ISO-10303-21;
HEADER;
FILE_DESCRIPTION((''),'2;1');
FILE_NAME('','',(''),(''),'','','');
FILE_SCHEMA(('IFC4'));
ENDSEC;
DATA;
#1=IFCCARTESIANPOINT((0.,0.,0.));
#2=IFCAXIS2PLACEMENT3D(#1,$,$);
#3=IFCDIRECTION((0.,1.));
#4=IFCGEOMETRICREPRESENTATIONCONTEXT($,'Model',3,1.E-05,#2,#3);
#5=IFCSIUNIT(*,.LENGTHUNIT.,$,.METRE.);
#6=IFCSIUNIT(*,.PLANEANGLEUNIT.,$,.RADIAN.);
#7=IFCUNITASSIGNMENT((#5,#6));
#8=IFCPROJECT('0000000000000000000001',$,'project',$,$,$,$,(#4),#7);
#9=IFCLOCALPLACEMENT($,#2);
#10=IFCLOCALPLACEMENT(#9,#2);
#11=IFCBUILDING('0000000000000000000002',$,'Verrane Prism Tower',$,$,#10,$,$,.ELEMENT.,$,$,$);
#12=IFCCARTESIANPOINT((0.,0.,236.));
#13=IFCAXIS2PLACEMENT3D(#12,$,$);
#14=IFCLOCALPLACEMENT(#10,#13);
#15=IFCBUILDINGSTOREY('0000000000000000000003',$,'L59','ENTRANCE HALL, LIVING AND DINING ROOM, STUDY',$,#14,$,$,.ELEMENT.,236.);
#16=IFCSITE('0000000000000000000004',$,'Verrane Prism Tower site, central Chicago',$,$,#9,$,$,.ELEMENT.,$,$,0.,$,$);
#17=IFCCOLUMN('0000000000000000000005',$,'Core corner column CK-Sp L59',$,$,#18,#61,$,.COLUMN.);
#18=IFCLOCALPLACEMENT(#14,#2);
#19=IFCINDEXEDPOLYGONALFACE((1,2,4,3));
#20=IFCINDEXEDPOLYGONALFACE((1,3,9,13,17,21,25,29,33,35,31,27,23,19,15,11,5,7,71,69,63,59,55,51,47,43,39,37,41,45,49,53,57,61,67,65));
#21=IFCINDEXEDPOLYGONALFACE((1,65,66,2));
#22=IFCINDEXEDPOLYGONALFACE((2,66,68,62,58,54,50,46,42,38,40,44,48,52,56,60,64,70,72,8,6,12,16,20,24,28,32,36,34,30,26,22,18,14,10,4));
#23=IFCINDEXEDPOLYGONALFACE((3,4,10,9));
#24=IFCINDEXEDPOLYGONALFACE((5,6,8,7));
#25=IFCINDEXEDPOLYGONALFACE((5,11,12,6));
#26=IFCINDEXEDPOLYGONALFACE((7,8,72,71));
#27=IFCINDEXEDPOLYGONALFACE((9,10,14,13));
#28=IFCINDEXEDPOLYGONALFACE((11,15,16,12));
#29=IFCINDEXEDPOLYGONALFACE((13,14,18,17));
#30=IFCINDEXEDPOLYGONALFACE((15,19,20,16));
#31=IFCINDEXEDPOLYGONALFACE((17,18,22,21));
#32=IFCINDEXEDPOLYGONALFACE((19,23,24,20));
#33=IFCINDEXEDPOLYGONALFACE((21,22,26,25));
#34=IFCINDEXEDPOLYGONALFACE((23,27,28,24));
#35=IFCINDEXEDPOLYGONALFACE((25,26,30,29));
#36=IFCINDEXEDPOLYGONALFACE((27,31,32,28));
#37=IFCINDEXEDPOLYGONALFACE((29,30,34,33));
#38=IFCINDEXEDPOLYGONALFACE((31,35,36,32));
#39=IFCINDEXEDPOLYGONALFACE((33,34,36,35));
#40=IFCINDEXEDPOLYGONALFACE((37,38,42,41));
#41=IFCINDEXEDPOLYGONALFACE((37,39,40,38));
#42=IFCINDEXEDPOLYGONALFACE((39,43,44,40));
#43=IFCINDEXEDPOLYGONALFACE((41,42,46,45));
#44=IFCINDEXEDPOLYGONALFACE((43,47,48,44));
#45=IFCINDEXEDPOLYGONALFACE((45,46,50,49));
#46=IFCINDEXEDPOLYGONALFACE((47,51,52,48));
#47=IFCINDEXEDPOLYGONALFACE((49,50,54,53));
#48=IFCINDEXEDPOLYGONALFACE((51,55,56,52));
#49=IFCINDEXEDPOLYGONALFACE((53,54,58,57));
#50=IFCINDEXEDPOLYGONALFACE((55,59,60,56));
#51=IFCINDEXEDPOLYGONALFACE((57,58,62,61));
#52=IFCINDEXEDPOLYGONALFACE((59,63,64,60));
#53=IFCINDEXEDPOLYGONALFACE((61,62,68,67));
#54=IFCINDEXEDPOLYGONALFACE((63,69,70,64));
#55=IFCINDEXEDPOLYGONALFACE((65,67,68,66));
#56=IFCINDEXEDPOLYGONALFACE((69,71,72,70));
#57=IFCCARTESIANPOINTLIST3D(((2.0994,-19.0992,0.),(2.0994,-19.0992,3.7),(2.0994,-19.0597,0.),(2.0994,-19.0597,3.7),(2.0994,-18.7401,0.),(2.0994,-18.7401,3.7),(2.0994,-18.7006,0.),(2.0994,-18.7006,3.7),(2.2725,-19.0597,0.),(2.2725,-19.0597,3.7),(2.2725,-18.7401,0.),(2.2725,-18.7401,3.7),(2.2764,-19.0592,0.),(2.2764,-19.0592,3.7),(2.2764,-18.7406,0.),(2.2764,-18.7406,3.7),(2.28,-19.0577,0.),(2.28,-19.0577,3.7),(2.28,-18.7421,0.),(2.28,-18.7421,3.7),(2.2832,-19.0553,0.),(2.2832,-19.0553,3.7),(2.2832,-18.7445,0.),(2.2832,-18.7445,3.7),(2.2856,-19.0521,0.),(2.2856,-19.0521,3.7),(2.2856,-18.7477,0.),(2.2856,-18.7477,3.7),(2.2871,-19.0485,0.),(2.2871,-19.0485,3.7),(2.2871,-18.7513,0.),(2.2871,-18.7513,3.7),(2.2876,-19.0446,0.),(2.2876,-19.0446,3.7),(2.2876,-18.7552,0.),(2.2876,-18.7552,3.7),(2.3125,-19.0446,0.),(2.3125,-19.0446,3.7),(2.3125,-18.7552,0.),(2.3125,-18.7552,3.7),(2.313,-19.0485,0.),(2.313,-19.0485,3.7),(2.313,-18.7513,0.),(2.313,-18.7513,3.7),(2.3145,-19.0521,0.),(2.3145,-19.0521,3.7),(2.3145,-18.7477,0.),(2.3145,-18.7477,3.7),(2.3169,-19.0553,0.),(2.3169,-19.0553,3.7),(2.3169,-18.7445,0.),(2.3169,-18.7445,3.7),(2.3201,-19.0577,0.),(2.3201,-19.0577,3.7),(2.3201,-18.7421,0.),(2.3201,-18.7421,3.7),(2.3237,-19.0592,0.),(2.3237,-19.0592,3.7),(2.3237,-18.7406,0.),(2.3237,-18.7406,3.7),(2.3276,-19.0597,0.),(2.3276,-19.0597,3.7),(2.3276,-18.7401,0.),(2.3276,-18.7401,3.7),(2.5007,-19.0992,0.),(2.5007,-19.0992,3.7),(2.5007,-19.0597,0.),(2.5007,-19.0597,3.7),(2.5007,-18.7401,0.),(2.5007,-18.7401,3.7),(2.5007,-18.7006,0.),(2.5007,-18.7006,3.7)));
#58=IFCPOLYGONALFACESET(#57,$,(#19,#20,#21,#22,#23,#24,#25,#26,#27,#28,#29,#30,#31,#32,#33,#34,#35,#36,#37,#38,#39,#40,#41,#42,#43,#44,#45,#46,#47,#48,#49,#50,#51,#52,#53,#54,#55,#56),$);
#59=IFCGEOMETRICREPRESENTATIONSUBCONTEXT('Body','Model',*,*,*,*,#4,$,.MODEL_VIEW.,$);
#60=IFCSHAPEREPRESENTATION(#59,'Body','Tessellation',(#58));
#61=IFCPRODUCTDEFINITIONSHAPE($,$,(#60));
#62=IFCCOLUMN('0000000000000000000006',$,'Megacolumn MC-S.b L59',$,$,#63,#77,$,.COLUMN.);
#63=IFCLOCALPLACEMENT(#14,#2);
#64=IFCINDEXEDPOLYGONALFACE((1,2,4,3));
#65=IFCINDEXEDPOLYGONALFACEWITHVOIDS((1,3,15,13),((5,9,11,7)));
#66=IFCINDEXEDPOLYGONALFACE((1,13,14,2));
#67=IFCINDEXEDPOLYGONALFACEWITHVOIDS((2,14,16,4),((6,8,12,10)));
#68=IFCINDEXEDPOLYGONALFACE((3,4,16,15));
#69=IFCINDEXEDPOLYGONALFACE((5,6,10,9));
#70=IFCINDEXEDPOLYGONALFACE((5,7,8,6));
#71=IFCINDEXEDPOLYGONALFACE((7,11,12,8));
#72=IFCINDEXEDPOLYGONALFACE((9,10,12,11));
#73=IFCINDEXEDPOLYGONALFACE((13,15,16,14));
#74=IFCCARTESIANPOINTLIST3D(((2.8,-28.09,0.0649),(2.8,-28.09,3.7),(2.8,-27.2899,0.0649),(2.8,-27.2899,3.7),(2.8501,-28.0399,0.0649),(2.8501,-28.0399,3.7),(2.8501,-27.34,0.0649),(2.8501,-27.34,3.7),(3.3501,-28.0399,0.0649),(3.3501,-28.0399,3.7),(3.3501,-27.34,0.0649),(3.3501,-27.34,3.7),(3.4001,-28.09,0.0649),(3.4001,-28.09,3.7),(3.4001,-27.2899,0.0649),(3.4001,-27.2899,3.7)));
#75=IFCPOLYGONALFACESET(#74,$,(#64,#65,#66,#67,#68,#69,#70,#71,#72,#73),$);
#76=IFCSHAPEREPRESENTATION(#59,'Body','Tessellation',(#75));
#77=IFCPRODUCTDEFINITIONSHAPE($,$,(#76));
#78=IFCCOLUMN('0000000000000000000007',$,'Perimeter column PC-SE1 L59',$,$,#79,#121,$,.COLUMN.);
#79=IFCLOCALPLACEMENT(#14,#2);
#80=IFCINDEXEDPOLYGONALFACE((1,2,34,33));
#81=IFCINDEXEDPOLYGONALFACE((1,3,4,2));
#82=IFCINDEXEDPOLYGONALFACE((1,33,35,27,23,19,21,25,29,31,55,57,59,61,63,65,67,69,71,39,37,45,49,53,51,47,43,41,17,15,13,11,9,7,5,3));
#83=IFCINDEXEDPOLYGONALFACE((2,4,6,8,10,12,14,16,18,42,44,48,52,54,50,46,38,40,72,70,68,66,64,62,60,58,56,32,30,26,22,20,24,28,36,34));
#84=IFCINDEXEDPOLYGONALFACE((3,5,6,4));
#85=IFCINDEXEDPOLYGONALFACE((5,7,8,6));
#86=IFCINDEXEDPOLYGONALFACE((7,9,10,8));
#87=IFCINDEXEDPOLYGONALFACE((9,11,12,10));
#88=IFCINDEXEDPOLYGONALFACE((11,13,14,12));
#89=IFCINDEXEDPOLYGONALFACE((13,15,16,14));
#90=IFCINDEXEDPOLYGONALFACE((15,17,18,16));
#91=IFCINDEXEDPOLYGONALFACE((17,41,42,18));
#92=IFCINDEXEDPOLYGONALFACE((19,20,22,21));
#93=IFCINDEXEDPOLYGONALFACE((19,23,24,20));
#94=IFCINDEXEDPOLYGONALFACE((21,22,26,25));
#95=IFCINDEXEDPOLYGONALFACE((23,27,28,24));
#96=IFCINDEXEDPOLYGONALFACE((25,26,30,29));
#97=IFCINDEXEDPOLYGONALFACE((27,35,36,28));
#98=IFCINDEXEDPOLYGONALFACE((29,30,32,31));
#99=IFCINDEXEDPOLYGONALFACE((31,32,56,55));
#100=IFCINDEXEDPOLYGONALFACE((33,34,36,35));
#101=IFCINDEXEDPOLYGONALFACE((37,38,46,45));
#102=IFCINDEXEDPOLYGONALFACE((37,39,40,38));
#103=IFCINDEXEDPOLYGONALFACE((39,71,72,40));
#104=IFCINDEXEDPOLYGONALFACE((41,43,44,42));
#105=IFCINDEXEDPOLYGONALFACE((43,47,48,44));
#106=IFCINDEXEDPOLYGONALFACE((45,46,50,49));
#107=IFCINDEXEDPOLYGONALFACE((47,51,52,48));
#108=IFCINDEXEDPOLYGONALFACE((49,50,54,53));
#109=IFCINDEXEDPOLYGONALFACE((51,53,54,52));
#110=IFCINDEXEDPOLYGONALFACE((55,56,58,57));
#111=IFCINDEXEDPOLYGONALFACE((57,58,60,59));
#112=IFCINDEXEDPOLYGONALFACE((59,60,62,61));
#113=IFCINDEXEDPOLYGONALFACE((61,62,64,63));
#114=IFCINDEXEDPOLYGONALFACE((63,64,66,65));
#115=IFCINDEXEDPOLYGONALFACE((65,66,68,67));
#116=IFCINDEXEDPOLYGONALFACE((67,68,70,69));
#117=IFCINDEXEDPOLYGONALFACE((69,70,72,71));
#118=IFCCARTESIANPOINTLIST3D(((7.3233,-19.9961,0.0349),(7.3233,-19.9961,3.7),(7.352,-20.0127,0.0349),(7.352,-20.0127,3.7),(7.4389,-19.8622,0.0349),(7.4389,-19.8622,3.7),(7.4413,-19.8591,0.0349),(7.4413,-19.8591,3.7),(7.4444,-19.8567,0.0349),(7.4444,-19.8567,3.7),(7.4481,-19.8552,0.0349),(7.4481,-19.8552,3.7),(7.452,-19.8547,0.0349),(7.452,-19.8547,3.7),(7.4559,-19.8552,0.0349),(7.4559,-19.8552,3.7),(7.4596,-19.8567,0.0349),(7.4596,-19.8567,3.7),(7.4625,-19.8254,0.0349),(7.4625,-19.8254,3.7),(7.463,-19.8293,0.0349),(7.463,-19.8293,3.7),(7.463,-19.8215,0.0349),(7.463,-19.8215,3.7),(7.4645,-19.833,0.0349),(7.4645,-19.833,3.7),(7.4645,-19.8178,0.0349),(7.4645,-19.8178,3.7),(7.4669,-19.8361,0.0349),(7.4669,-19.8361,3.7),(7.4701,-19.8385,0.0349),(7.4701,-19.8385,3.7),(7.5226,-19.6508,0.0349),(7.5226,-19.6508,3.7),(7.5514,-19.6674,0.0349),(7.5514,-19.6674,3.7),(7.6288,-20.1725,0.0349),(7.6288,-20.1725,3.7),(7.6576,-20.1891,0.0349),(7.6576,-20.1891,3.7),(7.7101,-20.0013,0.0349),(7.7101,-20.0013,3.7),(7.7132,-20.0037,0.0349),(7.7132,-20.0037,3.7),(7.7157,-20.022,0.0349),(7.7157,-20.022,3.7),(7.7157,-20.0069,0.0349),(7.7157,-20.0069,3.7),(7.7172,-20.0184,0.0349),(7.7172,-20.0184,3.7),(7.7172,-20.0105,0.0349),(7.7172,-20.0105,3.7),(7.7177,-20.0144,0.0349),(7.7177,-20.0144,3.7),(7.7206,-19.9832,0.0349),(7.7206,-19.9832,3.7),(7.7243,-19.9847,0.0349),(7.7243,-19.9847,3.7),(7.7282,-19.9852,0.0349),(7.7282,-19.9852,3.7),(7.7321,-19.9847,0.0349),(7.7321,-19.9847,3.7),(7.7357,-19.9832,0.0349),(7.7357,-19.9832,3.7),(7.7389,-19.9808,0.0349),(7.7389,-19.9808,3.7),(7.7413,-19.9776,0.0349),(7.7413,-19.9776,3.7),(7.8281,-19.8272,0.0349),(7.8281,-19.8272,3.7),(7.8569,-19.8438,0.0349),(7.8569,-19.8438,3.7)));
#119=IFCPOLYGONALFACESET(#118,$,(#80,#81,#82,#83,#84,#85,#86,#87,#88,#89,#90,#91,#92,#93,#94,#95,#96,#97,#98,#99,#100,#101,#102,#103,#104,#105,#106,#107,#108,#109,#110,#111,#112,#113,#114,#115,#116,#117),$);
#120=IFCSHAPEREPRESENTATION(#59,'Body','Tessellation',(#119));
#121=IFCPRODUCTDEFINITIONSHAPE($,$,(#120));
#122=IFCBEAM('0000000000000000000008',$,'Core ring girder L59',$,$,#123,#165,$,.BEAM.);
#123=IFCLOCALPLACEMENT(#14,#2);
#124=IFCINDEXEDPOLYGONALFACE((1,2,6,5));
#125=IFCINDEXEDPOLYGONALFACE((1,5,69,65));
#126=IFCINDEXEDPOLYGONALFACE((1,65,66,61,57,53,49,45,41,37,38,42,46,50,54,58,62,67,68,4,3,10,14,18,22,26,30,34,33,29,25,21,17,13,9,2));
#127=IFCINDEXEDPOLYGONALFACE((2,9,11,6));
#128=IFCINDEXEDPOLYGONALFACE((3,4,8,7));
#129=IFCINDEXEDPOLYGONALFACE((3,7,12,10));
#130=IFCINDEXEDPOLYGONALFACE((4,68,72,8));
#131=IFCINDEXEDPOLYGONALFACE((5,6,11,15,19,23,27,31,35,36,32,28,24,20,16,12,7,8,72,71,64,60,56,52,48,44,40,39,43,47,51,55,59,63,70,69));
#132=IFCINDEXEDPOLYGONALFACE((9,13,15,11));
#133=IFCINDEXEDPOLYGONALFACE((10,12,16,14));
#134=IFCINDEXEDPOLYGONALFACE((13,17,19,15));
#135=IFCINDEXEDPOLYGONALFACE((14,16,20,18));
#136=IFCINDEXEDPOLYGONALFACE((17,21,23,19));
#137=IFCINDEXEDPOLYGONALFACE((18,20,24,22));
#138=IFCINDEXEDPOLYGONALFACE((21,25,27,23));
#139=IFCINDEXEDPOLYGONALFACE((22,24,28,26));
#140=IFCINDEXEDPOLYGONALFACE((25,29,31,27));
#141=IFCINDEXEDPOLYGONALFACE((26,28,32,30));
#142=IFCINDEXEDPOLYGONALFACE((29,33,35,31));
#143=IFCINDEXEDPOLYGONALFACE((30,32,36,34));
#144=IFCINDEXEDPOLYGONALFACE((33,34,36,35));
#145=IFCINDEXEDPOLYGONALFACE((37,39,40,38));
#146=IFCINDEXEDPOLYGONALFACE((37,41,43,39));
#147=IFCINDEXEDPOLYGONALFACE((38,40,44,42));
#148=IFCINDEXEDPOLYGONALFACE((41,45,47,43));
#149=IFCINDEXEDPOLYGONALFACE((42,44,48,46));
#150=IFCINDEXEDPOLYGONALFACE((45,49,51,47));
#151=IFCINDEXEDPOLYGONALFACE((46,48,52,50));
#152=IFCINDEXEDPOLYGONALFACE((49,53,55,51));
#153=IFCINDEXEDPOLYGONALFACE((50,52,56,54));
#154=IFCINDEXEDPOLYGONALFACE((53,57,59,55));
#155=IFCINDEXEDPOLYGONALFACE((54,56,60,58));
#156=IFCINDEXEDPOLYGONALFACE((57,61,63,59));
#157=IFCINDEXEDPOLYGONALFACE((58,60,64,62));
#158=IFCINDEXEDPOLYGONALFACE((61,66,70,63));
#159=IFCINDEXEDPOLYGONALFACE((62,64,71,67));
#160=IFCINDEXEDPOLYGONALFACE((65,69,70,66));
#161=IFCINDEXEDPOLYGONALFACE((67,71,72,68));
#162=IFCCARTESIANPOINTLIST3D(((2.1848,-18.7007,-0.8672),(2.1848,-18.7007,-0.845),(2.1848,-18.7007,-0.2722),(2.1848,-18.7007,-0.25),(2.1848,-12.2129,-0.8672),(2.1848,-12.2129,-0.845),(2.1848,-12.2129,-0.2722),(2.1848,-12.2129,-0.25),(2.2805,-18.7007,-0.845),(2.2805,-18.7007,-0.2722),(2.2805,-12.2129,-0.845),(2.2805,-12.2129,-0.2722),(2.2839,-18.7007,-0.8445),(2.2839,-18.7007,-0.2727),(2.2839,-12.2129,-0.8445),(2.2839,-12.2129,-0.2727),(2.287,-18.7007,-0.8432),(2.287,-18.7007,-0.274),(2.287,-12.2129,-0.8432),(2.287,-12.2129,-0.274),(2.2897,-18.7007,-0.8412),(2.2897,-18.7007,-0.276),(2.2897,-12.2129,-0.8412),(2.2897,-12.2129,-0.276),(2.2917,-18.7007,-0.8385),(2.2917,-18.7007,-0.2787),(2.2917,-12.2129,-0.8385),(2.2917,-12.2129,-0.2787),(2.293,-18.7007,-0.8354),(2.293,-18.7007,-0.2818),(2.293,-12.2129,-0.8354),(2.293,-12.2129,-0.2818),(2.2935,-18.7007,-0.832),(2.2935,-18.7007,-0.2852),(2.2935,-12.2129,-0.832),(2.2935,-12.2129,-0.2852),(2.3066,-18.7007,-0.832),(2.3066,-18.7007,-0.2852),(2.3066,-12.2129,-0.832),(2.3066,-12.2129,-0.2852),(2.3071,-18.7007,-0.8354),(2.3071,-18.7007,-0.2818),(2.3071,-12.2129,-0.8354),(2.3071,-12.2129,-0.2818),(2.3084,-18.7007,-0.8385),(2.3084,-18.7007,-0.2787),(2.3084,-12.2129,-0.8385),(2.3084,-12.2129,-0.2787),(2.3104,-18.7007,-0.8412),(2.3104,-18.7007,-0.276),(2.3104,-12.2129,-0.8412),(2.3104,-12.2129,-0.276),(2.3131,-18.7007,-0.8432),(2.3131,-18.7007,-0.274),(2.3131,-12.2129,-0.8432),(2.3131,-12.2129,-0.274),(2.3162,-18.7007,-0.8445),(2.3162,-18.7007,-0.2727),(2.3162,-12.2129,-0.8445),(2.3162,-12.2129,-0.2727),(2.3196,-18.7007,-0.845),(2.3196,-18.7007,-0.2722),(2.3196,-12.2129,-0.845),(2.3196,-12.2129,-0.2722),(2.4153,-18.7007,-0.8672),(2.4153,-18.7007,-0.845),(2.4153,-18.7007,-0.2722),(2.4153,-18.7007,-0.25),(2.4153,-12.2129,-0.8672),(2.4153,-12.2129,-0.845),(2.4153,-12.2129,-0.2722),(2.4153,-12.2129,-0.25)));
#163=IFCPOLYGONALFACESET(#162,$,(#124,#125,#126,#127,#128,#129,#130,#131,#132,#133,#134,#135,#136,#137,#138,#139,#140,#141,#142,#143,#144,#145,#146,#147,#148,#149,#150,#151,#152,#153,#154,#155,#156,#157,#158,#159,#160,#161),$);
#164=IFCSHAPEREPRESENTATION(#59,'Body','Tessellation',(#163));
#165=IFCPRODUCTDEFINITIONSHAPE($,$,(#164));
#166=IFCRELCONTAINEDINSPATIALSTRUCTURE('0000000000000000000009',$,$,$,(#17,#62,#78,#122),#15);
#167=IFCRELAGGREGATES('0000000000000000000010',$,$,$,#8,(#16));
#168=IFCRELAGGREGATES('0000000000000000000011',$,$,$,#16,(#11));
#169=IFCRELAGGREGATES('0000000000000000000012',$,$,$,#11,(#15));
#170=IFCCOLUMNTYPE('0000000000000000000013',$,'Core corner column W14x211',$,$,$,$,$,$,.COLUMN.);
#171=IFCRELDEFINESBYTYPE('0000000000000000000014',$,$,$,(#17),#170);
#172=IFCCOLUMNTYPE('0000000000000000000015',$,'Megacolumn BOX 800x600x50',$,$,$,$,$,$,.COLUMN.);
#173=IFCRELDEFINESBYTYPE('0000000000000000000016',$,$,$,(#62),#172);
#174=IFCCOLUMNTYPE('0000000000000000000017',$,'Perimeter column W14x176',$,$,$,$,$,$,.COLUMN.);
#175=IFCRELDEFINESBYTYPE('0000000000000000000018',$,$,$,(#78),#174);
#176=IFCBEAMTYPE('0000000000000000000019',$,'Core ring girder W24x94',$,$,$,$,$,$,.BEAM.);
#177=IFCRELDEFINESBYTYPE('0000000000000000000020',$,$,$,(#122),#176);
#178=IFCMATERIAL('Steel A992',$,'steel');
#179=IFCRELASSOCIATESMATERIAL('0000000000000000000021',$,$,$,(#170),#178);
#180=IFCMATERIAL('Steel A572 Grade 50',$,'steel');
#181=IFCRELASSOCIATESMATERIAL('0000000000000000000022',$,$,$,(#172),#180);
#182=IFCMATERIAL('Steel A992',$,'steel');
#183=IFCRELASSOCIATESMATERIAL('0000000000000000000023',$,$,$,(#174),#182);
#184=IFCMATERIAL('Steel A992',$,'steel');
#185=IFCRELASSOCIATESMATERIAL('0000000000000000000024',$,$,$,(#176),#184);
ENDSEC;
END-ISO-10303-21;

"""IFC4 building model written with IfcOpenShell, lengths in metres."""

from ifc_helpers import new_model, si_unit, direction, frame, origin, origin_2d, place, context, subcontext, project, spatial, hollow_rectangle, i_section, extrude, material, material_profile, profile_set, type_object, element, save


model = new_model("IFC4")

# Units and contexts
model_context = context("Model", 3, precision=1e-05, world=origin(), true_north=direction((0.0, 1.0)))
body_context = subcontext(model_context, "Body", "Model", "MODEL_VIEW")
ifc_project = project(units=[si_unit("LENGTHUNIT", "METRE"), si_unit("PLANEANGLEUNIT", "RADIAN")], contexts=[model_context])

# Site, building, storey
site_placement = place(None, origin())
site = spatial("IfcSite", under=ifc_project, at=site_placement, Name="Verrane Prism Tower site, central Chicago", CompositionType="ELEMENT", RefElevation=0.0)
building_placement = place(site_placement, origin())
building = spatial("IfcBuilding", under=site, at=building_placement, Name="Verrane Prism Tower", CompositionType="ELEMENT")
storey_placement = place(building_placement, frame((0.0, 0.0, 236.0)))
storey = spatial("IfcBuildingStorey", under=building, at=storey_placement, Name="L59", Description="ENTRANCE HALL, LIVING AND DINING ROOM, STUDY", CompositionType="ELEMENT", Elevation=236.0)

# Columns
ifc_material_1 = material(Name="Steel A992", Category="steel")
ifc_material_profile_1 = material_profile(ifc_material_1, i_section(OverallWidth=0.4014, OverallDepth=0.3987, WebThickness=0.0249, FlangeThickness=0.0396, FilletRadius=0.0151, at=origin_2d()), Name="W14x211")
ifc_profile_set_1 = profile_set([ifc_material_profile_1], Name="Steel A992")
column_type_1 = type_object("IfcColumnType", Name="Core corner column W14x211", PredefinedType="COLUMN", material=ifc_profile_set_1)
column_1_placement = place(storey_placement, frame((2.3, -18.8999, 0.0), z_axis=(0.0, 0.0, 1.0), x_axis=(-1.0, 0.0, 0.0)))
element("IfcColumn", 1, at=column_1_placement, inside=storey, type_object=column_type_1, Name="Core corner column CK-Sp L59", PredefinedType="COLUMN", context=body_context, shape_type="SweptSolid", body=[
    extrude(i_section(OverallWidth=0.4014, OverallDepth=0.3987, WebThickness=0.0249, FlangeThickness=0.0396, FilletRadius=0.0151, at=origin_2d()), origin(), (0.0, 0.0, 1.0), 3.7),
])
ifc_material_2 = material(Name="Steel A572 Grade 50", Category="steel")
ifc_material_profile_2 = material_profile(ifc_material_2, hollow_rectangle(XDim=0.6001, YDim=0.8, WallThickness=0.05, at=origin_2d()), Name="BOX 800x600x50")
ifc_profile_set_2 = profile_set([ifc_material_profile_2], Name="Steel A572 Grade 50")
column_type_2 = type_object("IfcColumnType", Name="Megacolumn BOX 800x600x50", PredefinedType="COLUMN", material=ifc_profile_set_2)
column_2_placement = place(storey_placement, frame((3.1001, -27.6899, 0.0649), z_axis=(0.0, 0.0, 1.0), x_axis=(-1.0, 0.0, 0.0)))
element("IfcColumn", 2, at=column_2_placement, inside=storey, type_object=column_type_2, Name="Megacolumn MC-S.b L59", PredefinedType="COLUMN", context=body_context, shape_type="SweptSolid", body=[
    extrude(hollow_rectangle(XDim=0.6001, YDim=0.8, WallThickness=0.05, at=origin_2d()), origin(), (0.0, 0.0, 1.0), 3.635),
])
ifc_material_3 = material(Name="Steel A992", Category="steel")
ifc_material_profile_3 = material_profile(ifc_material_3, i_section(OverallWidth=0.3987, OverallDepth=0.386, WebThickness=0.021, FlangeThickness=0.0332, FilletRadius=0.0151, at=origin_2d()), Name="W14x176")
ifc_profile_set_3 = profile_set([ifc_material_profile_3], Name="Steel A992")
column_type_3 = type_object("IfcColumnType", Name="Perimeter column W14x176", PredefinedType="COLUMN", material=ifc_profile_set_3)
column_3_placement = place(storey_placement, frame((7.5901, -19.9199, 0.0349), z_axis=(0.0, 0.0, 1.0), x_axis=(-0.5, -0.866025, 0.0)))
element("IfcColumn", 3, at=column_3_placement, inside=storey, type_object=column_type_3, Name="Perimeter column PC-SE1 L59", PredefinedType="COLUMN", context=body_context, shape_type="SweptSolid", body=[
    extrude(i_section(OverallWidth=0.3987, OverallDepth=0.386, WebThickness=0.021, FlangeThickness=0.0332, FilletRadius=0.0151, at=origin_2d()), origin(), (0.0, 0.0, 1.0), 3.665),
])

# Beam
ifc_material_4 = material(Name="Steel A992", Category="steel")
ifc_material_profile_4 = material_profile(ifc_material_4, i_section(OverallWidth=0.2305, OverallDepth=0.6172, WebThickness=0.0132, FlangeThickness=0.0222, FilletRadius=0.0129, at=origin_2d()), Name="W24x94")
ifc_profile_set_4 = profile_set([ifc_material_profile_4], Name="Steel A992")
beam_type_1 = type_object("IfcBeamType", Name="Core ring girder W24x94", PredefinedType="BEAM", material=ifc_profile_set_4)
beam_1_placement = place(storey_placement, frame((2.3, -18.7007, -0.5586), z_axis=(0.0, 1.0, 0.0), x_axis=(-1.0, 0.0, 0.0)))
element("IfcBeam", 4, at=beam_1_placement, inside=storey, type_object=beam_type_1, Name="Core ring girder L59", PredefinedType="BEAM", context=body_context, shape_type="SweptSolid", body=[
    extrude(i_section(OverallWidth=0.2305, OverallDepth=0.6172, WebThickness=0.0132, FlangeThickness=0.0222, FilletRadius=0.0129, at=origin_2d()), origin(), (0.0, 0.0, 1.0), 6.4878),
])

save(model, "model.ifc")
